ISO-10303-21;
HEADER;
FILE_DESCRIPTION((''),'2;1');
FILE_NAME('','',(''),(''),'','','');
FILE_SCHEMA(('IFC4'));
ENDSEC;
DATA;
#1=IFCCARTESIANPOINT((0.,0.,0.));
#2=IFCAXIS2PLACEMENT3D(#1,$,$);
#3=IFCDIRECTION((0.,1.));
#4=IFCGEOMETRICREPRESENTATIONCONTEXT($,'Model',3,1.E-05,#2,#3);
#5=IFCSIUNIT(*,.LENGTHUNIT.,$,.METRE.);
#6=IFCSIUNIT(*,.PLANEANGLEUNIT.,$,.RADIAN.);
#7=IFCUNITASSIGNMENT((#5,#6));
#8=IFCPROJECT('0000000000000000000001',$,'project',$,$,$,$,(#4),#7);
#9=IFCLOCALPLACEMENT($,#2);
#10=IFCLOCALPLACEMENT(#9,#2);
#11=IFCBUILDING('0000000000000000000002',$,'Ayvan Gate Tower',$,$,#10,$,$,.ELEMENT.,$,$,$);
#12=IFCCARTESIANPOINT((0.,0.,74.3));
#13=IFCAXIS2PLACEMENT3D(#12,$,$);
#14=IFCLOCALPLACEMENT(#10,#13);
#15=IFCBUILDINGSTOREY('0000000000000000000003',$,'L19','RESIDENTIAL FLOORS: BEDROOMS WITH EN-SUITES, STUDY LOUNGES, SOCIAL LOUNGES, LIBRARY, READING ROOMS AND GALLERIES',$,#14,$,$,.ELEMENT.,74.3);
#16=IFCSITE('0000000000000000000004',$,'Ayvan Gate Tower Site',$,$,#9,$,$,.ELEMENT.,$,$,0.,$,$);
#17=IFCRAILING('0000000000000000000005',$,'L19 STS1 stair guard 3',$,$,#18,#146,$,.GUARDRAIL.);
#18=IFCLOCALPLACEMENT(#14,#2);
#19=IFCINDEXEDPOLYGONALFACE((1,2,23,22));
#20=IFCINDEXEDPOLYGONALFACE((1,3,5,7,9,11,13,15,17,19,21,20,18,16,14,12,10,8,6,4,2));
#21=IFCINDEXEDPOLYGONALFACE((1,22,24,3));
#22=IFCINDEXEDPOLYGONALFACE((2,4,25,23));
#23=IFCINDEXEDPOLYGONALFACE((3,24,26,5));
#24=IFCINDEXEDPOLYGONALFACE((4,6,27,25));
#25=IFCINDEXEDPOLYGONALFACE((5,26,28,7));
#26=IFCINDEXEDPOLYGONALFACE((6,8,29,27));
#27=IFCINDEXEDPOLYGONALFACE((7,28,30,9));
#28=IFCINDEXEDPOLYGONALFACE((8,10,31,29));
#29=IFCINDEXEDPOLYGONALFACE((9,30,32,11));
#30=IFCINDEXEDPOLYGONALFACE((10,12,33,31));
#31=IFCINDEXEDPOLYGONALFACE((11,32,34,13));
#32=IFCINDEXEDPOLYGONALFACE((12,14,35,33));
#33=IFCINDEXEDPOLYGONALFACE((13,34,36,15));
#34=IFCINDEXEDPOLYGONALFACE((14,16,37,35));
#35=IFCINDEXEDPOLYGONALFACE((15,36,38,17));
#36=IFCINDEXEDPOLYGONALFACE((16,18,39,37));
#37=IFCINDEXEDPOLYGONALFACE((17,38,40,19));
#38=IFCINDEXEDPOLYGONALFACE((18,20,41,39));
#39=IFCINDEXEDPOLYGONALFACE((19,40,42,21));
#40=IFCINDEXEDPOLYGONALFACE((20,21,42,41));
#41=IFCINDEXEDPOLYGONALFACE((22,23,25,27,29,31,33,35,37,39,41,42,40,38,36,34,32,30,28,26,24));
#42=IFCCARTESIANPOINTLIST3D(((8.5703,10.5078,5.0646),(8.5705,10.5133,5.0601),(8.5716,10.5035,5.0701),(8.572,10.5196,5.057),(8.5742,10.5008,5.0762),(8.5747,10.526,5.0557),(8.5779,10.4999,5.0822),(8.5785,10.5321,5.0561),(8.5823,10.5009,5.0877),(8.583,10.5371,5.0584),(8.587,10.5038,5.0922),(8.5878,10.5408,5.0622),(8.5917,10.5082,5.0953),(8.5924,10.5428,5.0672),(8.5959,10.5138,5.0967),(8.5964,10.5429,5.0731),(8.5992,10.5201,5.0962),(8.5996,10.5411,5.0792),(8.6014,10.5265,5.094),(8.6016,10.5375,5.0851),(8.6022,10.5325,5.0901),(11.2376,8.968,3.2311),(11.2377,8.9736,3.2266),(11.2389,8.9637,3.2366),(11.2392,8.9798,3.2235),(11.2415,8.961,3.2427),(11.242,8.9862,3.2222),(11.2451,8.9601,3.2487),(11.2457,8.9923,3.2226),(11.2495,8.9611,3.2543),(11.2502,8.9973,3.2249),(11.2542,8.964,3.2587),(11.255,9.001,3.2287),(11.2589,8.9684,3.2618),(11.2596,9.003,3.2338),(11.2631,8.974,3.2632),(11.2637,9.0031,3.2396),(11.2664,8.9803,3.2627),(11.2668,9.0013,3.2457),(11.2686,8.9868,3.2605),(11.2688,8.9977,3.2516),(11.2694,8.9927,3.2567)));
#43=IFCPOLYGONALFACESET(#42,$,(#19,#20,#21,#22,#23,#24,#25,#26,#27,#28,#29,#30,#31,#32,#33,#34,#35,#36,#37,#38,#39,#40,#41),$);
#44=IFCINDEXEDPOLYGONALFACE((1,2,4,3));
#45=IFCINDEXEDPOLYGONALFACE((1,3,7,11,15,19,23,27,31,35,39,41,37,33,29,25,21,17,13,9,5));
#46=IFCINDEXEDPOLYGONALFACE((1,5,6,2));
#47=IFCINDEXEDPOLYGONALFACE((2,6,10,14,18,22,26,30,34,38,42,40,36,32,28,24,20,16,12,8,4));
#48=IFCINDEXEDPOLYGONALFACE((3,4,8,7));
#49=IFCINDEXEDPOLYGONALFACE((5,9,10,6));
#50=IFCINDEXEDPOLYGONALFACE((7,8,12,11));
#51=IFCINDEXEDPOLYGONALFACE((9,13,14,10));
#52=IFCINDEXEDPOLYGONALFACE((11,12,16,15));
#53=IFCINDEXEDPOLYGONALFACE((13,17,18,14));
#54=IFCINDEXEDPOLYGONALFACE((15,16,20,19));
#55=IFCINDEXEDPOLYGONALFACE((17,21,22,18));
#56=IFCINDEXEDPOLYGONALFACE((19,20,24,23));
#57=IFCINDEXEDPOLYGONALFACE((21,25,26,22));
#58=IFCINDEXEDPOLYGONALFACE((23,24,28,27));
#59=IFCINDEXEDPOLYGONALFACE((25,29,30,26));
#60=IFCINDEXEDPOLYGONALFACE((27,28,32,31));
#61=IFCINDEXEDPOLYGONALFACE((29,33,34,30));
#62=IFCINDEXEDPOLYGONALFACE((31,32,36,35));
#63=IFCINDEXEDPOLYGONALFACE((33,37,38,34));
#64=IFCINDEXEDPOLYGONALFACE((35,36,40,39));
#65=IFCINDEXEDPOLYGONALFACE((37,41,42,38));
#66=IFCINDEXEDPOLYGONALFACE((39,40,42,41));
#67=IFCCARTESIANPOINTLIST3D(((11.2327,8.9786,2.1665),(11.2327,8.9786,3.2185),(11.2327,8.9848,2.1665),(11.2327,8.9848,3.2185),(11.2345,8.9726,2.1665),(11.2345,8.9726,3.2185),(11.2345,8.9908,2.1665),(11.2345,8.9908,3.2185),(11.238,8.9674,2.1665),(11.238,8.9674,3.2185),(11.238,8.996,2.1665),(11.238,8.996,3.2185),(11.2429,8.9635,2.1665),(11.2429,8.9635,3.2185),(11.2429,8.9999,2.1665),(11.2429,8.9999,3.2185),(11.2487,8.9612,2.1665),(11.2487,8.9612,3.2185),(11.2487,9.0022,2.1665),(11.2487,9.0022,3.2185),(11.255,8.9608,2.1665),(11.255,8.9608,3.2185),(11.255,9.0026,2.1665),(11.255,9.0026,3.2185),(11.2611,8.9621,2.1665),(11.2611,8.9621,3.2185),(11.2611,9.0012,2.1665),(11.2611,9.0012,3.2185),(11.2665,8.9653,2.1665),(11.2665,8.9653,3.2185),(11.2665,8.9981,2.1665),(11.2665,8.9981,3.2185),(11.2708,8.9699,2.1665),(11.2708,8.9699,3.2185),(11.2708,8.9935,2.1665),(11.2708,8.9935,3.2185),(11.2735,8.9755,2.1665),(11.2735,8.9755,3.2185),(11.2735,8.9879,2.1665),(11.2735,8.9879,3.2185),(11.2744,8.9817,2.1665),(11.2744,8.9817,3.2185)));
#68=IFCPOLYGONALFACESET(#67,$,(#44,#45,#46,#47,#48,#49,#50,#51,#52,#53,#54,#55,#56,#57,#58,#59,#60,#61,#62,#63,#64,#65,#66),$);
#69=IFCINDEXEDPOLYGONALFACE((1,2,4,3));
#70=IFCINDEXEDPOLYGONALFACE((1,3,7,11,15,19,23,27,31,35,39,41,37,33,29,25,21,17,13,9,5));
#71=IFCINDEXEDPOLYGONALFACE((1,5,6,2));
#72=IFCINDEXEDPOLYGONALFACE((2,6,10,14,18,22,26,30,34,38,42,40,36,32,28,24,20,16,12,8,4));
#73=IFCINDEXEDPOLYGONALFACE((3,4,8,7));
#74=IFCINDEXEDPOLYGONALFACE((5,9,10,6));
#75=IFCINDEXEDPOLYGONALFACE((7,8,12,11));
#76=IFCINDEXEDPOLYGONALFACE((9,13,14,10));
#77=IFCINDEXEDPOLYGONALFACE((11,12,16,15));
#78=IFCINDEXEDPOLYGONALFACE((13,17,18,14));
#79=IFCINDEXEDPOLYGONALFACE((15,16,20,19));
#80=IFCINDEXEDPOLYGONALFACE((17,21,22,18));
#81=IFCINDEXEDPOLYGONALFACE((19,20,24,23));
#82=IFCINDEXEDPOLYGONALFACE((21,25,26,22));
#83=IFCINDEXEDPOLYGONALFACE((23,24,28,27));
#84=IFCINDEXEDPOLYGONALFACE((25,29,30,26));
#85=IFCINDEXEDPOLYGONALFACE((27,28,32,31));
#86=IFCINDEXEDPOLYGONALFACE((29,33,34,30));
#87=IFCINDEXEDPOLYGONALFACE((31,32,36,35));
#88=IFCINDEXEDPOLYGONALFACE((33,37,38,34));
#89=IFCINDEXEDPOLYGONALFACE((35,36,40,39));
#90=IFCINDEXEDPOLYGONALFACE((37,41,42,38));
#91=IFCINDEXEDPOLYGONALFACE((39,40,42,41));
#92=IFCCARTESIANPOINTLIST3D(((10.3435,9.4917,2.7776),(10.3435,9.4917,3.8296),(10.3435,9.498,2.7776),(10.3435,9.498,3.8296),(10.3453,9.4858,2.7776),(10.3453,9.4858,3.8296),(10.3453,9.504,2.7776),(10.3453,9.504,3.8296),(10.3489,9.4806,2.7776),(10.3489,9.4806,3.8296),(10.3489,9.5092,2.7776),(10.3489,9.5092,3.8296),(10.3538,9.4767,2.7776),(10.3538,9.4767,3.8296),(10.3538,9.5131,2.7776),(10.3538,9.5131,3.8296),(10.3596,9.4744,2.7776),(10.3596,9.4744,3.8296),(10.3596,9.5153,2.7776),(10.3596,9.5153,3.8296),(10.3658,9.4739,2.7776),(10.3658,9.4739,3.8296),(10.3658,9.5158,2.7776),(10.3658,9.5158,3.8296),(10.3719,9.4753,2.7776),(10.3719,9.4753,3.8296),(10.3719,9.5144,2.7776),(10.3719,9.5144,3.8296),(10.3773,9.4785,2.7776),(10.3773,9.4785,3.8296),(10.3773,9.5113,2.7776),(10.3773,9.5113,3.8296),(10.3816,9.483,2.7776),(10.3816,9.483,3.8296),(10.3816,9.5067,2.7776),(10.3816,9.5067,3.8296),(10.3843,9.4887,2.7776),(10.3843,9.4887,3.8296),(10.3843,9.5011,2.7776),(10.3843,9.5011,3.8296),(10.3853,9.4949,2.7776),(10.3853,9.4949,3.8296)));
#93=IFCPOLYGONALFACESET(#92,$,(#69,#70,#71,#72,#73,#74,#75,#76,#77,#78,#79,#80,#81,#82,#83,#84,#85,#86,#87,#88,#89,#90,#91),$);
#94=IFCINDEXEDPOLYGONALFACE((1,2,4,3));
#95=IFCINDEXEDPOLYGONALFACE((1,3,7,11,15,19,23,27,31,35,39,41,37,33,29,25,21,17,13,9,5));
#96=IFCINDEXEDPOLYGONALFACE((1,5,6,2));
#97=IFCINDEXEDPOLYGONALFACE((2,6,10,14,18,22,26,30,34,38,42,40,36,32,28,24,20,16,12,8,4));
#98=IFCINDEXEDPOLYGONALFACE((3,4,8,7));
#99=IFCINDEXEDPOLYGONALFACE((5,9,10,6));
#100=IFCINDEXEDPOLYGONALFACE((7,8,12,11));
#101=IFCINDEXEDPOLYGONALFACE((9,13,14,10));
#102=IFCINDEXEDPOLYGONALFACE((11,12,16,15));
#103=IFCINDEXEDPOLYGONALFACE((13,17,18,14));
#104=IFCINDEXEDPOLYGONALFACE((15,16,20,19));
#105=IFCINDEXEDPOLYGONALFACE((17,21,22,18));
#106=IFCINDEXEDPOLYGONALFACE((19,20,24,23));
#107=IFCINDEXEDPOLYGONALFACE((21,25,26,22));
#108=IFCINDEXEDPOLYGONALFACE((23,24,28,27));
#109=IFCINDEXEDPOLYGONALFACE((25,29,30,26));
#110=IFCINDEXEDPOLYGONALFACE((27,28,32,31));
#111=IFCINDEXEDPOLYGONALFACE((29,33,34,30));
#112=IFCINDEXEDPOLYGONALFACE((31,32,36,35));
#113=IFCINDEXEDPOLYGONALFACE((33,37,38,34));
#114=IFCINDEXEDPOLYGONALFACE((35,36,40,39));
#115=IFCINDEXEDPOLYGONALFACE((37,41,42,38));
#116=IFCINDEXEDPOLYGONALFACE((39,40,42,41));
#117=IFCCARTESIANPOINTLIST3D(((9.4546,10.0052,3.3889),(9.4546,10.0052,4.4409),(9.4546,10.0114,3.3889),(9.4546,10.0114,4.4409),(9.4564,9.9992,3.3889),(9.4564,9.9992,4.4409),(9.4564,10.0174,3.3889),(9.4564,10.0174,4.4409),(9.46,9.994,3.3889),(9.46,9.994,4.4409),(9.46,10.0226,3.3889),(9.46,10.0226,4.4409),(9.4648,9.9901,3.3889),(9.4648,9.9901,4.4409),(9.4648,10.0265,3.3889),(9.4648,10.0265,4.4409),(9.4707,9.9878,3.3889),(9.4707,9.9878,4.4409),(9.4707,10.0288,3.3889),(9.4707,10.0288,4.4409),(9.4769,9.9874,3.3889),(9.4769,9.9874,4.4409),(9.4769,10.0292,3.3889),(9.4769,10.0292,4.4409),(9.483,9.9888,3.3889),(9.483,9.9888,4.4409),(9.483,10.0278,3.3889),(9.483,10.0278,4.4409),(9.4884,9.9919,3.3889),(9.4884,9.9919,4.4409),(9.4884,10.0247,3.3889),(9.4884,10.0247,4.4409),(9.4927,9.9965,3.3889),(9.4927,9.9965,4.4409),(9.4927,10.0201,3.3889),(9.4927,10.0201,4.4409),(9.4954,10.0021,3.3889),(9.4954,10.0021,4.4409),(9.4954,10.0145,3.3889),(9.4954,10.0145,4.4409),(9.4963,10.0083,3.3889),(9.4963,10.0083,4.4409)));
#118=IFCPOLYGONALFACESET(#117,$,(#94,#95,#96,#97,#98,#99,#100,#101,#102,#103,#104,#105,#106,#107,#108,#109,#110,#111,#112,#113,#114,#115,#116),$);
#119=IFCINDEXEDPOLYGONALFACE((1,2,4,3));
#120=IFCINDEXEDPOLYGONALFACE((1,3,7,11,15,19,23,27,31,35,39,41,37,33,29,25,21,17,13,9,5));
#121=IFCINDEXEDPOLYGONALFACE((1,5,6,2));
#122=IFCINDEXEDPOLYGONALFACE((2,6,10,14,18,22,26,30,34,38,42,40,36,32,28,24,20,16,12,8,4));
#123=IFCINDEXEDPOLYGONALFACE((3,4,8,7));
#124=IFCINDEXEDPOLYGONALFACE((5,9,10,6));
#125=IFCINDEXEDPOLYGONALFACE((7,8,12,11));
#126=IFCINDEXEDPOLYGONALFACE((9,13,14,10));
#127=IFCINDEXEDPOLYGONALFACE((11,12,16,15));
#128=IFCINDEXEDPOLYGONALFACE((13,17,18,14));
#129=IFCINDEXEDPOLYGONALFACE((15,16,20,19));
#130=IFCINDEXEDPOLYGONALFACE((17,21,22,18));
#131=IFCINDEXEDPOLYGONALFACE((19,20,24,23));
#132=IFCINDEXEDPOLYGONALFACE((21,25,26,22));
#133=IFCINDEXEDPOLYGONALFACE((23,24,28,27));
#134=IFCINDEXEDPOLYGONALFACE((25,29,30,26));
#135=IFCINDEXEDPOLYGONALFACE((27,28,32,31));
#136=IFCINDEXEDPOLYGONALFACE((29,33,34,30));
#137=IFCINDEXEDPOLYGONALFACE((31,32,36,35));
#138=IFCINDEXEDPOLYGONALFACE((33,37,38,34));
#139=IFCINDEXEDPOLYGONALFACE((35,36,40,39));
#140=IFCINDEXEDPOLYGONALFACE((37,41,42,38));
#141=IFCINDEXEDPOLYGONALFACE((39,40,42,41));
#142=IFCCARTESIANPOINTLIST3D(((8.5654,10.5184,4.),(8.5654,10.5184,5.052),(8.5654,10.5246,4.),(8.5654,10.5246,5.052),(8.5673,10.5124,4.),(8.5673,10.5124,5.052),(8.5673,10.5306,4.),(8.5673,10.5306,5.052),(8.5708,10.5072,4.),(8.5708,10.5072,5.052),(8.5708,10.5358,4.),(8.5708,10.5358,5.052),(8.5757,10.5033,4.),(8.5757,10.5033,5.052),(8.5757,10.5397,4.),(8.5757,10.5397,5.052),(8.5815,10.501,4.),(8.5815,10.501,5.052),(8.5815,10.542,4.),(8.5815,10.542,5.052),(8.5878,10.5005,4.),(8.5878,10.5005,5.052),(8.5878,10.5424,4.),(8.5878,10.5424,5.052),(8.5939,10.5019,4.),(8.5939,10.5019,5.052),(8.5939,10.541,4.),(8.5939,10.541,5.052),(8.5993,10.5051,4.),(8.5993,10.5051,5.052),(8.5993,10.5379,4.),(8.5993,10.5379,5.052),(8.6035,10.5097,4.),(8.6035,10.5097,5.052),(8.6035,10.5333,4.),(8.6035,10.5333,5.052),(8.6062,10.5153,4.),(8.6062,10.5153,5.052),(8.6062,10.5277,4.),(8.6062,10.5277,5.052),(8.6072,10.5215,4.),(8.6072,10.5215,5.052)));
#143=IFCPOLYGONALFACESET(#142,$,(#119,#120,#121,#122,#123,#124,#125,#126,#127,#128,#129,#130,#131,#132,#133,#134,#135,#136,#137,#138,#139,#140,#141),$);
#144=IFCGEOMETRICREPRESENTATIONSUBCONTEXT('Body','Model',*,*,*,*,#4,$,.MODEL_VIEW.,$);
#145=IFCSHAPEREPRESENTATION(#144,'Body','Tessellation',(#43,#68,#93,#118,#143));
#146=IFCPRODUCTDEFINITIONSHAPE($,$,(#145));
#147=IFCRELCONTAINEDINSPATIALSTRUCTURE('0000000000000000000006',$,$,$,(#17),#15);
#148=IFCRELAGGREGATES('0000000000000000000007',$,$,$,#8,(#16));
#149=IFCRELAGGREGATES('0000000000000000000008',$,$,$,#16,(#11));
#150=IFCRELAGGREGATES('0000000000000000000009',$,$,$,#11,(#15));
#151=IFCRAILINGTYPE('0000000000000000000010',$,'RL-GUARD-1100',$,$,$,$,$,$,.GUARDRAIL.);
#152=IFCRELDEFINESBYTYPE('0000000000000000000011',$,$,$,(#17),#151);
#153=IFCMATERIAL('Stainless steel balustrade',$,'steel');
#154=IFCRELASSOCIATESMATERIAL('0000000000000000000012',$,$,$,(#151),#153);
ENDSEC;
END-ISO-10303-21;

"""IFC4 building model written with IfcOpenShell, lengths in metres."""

from ifc_helpers import new_model, si_unit, direction, frame, origin, origin_2d, place, context, subcontext, project, spatial, circle, extrude, material, type_object, element, save


model = new_model("IFC4")

# Units and contexts
model_context = context("Model", 3, precision=1e-05, world=origin(), true_north=direction((0.0, 1.0)))
body_context = subcontext(model_context, "Body", "Model", "MODEL_VIEW")
ifc_project = project(units=[si_unit("LENGTHUNIT", "METRE"), si_unit("PLANEANGLEUNIT", "RADIAN")], contexts=[model_context])

# Site, building, storey
site_placement = place(None, origin())
site = spatial("IfcSite", under=ifc_project, at=site_placement, Name="Ayvan Gate Tower Site", CompositionType="ELEMENT", RefElevation=0.0)
building_placement = place(site_placement, origin())
building = spatial("IfcBuilding", under=site, at=building_placement, Name="Ayvan Gate Tower", CompositionType="ELEMENT")
storey_placement = place(building_placement, frame((0.0, 0.0, 74.3)))
storey = spatial("IfcBuildingStorey", under=building, at=storey_placement, Name="L19", Description="RESIDENTIAL FLOORS: BEDROOMS WITH EN-SUITES, STUDY LOUNGES, SOCIAL LOUNGES, LIBRARY, READING ROOMS AND GALLERIES", CompositionType="ELEMENT", Elevation=74.3)

# Railing
ifc_material_1 = material(Name="Stainless steel balustrade", Category="steel")
railing_type_1 = type_object("IfcRailingType", Name="RL-GUARD-1100", PredefinedType="GUARDRAIL", material=ifc_material_1)
railing_1_placement = place(storey_placement, frame((11.2534, 8.9817, 2.1665)))
element("IfcRailing", 1, at=railing_1_placement, inside=storey, type_object=railing_type_1, Name="L19 STS1 stair guard 3", PredefinedType="GUARDRAIL", context=body_context, shape_type="SweptSolid", body=[
    extrude(circle(Radius=0.0239, at=origin_2d()), frame((0.0, 0.0, 1.0762), z_axis=(-0.744155, 0.429601, 0.511543), x_axis=(-0.499967, -0.866044, 0.0)), (0.0, 0.0, 1.0), 3.5842),
    extrude(circle(Radius=0.021, at=origin_2d()), origin(), (0.0, 0.0, 1.0), 1.052),
    extrude(circle(Radius=0.021, at=origin_2d()), frame((-0.8892, 0.5132, 0.6111)), (0.0, 0.0, 1.0), 1.052),
    extrude(circle(Radius=0.021, at=origin_2d()), frame((-1.7781, 1.0266, 1.2224)), (0.0, 0.0, 1.0), 1.052),
    extrude(circle(Radius=0.021, at=origin_2d()), frame((-2.6672, 1.5398, 1.8335)), (0.0, 0.0, 1.0), 1.052),
])

save(model, "model.ifc")
